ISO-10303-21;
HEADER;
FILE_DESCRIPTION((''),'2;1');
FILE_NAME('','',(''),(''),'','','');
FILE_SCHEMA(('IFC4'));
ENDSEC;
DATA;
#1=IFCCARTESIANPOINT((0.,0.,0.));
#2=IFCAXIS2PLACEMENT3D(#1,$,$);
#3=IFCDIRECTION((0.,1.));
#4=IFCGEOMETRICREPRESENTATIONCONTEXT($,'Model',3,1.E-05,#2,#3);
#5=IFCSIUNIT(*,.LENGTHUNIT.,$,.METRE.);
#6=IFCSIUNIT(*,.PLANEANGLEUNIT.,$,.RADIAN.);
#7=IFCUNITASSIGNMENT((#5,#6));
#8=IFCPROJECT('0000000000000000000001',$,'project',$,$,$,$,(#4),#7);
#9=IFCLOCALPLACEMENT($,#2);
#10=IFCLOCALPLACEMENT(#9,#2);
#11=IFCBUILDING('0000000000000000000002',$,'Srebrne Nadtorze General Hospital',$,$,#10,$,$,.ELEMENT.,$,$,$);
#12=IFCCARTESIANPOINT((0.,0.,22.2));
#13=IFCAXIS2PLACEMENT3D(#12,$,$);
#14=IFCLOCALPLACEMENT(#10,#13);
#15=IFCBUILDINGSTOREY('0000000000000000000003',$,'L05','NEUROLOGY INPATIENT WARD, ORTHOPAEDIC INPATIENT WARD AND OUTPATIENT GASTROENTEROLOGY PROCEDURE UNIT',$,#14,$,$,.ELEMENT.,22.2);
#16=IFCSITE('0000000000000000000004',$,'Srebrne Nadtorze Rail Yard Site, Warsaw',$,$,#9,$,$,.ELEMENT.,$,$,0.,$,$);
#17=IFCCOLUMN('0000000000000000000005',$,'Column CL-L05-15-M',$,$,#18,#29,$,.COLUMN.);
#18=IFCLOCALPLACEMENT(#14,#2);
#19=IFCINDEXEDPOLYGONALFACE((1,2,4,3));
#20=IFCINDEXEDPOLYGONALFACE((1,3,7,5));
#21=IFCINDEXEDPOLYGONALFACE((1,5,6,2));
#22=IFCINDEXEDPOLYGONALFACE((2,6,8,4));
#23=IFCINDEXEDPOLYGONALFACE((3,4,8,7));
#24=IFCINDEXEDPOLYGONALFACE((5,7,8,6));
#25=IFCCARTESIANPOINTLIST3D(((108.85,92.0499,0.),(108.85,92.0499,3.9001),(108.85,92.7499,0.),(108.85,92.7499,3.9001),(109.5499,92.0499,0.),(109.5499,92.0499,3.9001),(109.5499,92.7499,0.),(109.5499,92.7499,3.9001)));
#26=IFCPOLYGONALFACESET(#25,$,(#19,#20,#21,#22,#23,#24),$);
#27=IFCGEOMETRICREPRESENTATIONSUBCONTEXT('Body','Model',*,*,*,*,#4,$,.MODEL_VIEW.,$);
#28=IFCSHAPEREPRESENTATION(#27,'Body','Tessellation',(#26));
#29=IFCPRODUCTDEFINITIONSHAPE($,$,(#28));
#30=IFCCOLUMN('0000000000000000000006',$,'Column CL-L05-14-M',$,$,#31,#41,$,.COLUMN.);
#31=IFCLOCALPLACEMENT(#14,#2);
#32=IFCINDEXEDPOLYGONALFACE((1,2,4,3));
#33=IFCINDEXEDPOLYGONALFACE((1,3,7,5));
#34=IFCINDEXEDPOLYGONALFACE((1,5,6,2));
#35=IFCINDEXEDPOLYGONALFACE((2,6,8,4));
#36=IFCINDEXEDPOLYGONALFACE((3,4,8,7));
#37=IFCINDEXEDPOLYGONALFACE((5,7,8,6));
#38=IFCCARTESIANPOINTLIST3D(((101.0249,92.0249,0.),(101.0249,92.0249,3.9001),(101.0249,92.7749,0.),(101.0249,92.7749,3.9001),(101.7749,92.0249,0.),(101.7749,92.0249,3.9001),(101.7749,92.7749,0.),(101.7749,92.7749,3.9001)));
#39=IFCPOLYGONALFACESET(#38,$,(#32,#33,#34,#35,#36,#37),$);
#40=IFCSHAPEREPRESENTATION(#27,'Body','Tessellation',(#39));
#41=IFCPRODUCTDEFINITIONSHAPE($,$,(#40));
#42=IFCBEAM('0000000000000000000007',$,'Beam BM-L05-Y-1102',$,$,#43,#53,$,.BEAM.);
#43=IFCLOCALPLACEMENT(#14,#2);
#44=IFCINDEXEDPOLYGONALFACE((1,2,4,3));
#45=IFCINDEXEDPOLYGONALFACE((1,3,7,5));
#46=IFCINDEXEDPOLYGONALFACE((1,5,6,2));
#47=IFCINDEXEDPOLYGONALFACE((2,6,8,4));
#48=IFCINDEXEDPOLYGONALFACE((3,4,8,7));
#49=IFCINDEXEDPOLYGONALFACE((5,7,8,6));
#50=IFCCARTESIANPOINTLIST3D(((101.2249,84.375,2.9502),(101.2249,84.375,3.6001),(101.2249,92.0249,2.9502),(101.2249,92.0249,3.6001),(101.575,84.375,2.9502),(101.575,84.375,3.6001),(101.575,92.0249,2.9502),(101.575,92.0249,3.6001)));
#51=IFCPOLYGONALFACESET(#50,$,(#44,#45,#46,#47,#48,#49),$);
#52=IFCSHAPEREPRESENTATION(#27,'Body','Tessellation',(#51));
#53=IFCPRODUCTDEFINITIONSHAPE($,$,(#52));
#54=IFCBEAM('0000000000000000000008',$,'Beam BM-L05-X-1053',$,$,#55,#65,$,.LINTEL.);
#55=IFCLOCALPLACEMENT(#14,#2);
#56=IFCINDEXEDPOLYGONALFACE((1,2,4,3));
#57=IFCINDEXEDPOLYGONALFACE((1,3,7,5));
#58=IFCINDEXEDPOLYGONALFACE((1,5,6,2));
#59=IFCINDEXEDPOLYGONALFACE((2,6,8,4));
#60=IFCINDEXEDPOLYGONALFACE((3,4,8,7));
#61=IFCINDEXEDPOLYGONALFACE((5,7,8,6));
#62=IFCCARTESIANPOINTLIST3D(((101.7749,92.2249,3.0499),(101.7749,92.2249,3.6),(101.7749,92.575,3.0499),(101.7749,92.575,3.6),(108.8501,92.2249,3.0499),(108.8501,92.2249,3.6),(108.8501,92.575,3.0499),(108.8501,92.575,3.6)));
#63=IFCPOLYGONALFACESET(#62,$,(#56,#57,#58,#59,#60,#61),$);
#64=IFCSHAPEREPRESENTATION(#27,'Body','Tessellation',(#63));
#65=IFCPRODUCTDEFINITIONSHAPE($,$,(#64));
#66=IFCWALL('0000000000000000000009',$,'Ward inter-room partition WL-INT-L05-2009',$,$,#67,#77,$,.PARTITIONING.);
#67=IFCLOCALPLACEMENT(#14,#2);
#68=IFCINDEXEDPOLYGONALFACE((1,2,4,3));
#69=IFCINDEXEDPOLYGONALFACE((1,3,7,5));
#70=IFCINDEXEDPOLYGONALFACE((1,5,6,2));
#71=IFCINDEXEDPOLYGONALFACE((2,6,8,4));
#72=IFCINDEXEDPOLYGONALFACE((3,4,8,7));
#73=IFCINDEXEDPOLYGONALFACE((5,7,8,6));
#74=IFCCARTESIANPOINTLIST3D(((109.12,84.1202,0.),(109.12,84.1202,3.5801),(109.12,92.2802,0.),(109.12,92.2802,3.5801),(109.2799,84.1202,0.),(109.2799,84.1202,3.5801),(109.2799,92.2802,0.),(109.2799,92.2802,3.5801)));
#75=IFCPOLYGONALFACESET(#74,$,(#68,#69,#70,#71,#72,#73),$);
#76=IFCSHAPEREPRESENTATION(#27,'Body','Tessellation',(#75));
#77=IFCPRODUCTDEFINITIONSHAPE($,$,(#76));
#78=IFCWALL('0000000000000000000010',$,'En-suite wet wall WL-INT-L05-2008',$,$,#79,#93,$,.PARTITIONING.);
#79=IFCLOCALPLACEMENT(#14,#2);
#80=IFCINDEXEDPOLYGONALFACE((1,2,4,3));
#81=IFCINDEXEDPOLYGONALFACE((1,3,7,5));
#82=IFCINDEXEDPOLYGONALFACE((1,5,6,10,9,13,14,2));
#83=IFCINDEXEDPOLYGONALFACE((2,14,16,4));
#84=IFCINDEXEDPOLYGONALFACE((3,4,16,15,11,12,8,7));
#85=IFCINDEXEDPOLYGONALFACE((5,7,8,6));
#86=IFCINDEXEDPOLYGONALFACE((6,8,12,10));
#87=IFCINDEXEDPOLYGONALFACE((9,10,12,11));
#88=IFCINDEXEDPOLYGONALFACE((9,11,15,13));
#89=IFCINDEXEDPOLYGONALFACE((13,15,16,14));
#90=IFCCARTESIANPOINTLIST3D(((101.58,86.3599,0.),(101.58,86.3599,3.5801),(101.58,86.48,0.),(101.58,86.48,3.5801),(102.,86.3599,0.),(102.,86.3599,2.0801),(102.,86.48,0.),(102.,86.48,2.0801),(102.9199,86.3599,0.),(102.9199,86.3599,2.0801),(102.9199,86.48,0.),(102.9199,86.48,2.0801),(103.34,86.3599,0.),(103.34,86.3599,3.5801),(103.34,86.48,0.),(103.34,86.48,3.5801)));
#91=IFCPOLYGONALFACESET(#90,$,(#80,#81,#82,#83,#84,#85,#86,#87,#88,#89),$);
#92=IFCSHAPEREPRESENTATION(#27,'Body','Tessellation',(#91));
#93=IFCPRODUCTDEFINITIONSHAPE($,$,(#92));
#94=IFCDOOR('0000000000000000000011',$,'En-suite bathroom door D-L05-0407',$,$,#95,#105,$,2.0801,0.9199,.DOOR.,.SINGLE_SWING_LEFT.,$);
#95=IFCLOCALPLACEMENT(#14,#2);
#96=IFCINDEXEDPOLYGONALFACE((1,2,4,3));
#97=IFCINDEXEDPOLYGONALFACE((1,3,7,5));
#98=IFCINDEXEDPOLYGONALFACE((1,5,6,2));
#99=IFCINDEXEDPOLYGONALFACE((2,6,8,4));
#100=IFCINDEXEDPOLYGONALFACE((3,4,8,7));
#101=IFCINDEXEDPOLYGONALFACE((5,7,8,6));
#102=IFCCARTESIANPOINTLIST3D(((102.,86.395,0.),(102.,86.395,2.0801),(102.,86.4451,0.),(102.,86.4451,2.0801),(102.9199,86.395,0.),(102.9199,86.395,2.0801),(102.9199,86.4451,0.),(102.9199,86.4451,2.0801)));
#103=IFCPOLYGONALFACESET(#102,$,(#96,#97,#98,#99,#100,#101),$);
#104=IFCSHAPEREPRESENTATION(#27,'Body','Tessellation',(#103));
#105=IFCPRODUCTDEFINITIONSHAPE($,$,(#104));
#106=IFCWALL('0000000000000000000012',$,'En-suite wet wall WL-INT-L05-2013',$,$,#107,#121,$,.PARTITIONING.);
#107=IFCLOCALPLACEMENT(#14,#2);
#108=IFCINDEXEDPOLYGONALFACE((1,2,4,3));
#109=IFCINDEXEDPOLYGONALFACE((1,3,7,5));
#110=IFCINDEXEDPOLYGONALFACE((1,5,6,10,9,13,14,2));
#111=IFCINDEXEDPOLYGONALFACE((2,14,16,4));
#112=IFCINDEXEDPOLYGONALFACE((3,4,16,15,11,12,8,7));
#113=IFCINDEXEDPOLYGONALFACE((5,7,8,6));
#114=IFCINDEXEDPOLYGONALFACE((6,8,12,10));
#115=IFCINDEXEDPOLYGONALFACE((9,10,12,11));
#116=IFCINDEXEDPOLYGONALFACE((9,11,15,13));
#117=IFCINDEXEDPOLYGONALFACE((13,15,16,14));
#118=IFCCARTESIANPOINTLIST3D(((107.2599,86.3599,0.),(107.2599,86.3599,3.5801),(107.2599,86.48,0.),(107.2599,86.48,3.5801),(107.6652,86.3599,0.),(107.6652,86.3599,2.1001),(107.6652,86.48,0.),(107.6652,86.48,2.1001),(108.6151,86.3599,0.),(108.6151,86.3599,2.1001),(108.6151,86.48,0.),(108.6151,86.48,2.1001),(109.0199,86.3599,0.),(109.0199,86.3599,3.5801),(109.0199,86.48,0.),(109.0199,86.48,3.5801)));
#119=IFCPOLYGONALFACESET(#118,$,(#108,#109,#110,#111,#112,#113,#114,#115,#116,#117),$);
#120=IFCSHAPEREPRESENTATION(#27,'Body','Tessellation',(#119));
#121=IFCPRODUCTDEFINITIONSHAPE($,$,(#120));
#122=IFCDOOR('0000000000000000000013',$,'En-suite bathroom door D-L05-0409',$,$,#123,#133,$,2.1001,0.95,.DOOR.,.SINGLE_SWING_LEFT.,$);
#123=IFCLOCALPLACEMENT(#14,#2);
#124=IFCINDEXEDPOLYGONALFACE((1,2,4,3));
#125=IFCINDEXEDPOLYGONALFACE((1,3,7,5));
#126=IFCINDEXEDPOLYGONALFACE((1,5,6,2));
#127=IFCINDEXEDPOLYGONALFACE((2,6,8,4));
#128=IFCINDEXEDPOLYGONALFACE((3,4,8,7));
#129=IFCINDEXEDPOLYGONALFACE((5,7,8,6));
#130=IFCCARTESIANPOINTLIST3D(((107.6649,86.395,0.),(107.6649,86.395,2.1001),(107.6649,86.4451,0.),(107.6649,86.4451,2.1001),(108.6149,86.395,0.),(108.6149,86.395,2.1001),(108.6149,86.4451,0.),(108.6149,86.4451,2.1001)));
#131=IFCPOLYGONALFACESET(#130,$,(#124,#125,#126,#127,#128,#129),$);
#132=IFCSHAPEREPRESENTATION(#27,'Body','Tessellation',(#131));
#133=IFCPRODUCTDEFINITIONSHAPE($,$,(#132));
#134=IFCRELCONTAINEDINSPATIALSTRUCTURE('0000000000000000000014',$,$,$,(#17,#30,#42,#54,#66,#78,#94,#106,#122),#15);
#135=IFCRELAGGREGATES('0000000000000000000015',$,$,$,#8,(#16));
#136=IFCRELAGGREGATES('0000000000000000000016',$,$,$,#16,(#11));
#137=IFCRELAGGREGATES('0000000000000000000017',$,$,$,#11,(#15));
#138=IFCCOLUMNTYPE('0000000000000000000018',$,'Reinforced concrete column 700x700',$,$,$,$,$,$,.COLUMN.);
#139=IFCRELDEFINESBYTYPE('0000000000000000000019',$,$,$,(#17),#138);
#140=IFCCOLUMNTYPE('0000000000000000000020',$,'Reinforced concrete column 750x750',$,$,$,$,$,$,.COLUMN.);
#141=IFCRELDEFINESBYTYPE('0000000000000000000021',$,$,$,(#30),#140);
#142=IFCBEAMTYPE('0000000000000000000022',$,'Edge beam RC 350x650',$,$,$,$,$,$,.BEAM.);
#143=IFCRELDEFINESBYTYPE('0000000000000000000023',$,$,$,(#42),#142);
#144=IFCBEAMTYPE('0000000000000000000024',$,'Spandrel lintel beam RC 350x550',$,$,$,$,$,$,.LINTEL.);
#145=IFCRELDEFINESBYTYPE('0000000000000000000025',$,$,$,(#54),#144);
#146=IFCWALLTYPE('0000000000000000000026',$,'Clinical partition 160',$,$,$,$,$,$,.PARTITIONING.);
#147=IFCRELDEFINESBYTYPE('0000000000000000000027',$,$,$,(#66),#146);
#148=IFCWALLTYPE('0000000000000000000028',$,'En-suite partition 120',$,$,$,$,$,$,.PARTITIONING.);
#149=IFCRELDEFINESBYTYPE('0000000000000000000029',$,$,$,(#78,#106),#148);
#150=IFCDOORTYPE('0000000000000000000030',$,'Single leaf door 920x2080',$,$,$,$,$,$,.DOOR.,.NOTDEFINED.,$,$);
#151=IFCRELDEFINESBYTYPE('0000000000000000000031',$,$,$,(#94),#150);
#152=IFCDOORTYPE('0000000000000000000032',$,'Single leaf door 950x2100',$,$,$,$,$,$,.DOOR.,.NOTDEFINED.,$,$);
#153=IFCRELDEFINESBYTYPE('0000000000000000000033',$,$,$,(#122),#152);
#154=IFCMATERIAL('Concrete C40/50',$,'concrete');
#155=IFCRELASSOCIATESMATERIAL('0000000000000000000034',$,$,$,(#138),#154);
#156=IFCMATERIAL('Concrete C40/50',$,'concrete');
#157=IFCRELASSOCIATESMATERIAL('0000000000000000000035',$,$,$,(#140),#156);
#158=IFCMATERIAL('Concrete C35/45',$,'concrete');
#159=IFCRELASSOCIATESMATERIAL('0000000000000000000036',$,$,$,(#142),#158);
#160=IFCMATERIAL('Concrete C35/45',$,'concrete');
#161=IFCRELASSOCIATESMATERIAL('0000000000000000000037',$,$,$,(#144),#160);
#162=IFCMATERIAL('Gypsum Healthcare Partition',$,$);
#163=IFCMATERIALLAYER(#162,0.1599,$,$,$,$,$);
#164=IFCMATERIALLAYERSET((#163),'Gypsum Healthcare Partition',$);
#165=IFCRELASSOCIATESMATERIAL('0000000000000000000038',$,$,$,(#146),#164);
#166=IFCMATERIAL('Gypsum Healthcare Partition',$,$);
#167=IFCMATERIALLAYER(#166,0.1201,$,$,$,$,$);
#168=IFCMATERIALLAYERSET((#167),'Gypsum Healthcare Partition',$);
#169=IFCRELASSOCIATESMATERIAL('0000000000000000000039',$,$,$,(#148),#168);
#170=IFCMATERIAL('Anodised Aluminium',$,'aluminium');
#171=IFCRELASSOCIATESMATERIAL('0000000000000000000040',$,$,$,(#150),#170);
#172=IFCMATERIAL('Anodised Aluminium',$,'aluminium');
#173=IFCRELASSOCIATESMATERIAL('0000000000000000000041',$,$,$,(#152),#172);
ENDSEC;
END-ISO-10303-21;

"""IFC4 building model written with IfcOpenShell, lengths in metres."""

from ifc_helpers import new_model, si_unit, direction, frame, frame_2d, origin, origin_2d, place, context, subcontext, project, spatial, rectangle, extrude, material, layer, layer_set, material_profile, profile_set, type_object, element, fill, save


model = new_model("IFC4")

# Units and contexts
model_context = context("Model", 3, precision=1e-05, world=origin(), true_north=direction((0.0, 1.0)))
body_context = subcontext(model_context, "Body", "Model", "MODEL_VIEW")
ifc_project = project(units=[si_unit("LENGTHUNIT", "METRE"), si_unit("PLANEANGLEUNIT", "RADIAN")], contexts=[model_context])

# Site, building, storey
site_placement = place(None, origin())
site = spatial("IfcSite", under=ifc_project, at=site_placement, Name="Srebrne Nadtorze Rail Yard Site, Warsaw", CompositionType="ELEMENT", RefElevation=0.0)
building_placement = place(site_placement, origin())
building = spatial("IfcBuilding", under=site, at=building_placement, Name="Srebrne Nadtorze General Hospital", CompositionType="ELEMENT")
storey_placement = place(building_placement, frame((0.0, 0.0, 22.2)))
storey = spatial("IfcBuildingStorey", under=building, at=storey_placement, Name="L05", Description="NEUROLOGY INPATIENT WARD, ORTHOPAEDIC INPATIENT WARD AND OUTPATIENT GASTROENTEROLOGY PROCEDURE UNIT", CompositionType="ELEMENT", Elevation=22.2)

# Columns
ifc_material_1 = material(Name="Concrete C40/50", Category="concrete")
ifc_material_profile_1 = material_profile(ifc_material_1, rectangle(XDim=0.7, YDim=0.7, at=origin_2d()), Name="RC-COL-700x700")
ifc_profile_set_1 = profile_set([ifc_material_profile_1], Name="Concrete C40/50")
column_type_1 = type_object("IfcColumnType", Name="Reinforced concrete column 700x700", PredefinedType="COLUMN", material=ifc_profile_set_1)
column_1_placement = place(storey_placement, frame((109.2, 92.3999, 0.0), z_axis=(0.0, 0.0, 1.0), x_axis=(1.0, 0.0, 0.0)))
element("IfcColumn", 1, at=column_1_placement, inside=storey, type_object=column_type_1, Name="Column CL-L05-15-M", PredefinedType="COLUMN", context=body_context, shape_type="SweptSolid", body=[
    extrude(rectangle(XDim=0.7, YDim=0.7, at=origin_2d()), origin(), (0.0, 0.0, 1.0), 3.9001),
])
ifc_material_2 = material(Name="Concrete C40/50", Category="concrete")
ifc_material_profile_2 = material_profile(ifc_material_2, rectangle(XDim=0.75, YDim=0.75, at=origin_2d()), Name="RC-COL-750x750")
ifc_profile_set_2 = profile_set([ifc_material_profile_2], Name="Concrete C40/50")
column_type_2 = type_object("IfcColumnType", Name="Reinforced concrete column 750x750", PredefinedType="COLUMN", material=ifc_profile_set_2)
column_2_placement = place(storey_placement, frame((101.3999, 92.3999, 0.0), z_axis=(0.0, 0.0, 1.0), x_axis=(1.0, 0.0, 0.0)))
element("IfcColumn", 2, at=column_2_placement, inside=storey, type_object=column_type_2, Name="Column CL-L05-14-M", PredefinedType="COLUMN", context=body_context, shape_type="SweptSolid", body=[
    extrude(rectangle(XDim=0.75, YDim=0.75, at=origin_2d()), origin(), (0.0, 0.0, 1.0), 3.9001),
])

# Beams
ifc_material_3 = material(Name="Concrete C35/45", Category="concrete")
ifc_material_profile_3 = material_profile(ifc_material_3, rectangle(XDim=0.3501, YDim=0.6499, at=origin_2d()), Name="RC-BM-350x650")
ifc_profile_set_3 = profile_set([ifc_material_profile_3], Name="Concrete C35/45")
beam_type_1 = type_object("IfcBeamType", Name="Edge beam RC 350x650", PredefinedType="BEAM", material=ifc_profile_set_3)
beam_1_placement = place(storey_placement, frame((101.3999, 84.375, 3.2751), z_axis=(0.0, 1.0, 0.0), x_axis=(-1.0, 0.0, 0.0)))
element("IfcBeam", 3, at=beam_1_placement, inside=storey, type_object=beam_type_1, Name="Beam BM-L05-Y-1102", PredefinedType="BEAM", context=body_context, shape_type="SweptSolid", body=[
    extrude(rectangle(XDim=0.3501, YDim=0.6499, at=origin_2d()), origin(), (0.0, 0.0, 1.0), 7.6499),
])
ifc_material_4 = material(Name="Concrete C35/45", Category="concrete")
ifc_material_profile_4 = material_profile(ifc_material_4, rectangle(XDim=0.3501, YDim=0.55, at=origin_2d()), Name="RC-BM-350x550")
ifc_profile_set_4 = profile_set([ifc_material_profile_4], Name="Concrete C35/45")
beam_type_2 = type_object("IfcBeamType", Name="Spandrel lintel beam RC 350x550", PredefinedType="LINTEL", material=ifc_profile_set_4)
beam_2_placement = place(storey_placement, frame((101.7749, 92.3999, 3.325), z_axis=(1.0, 0.0, 0.0), x_axis=(0.0, 1.0, 0.0)))
element("IfcBeam", 4, at=beam_2_placement, inside=storey, type_object=beam_type_2, Name="Beam BM-L05-X-1053", PredefinedType="LINTEL", context=body_context, shape_type="SweptSolid", body=[
    extrude(rectangle(XDim=0.3501, YDim=0.55, at=origin_2d()), origin(), (0.0, 0.0, 1.0), 7.0752),
])

# Wall
ifc_material_5 = material(Name="Gypsum Healthcare Partition")
ifc_layer_1 = layer(ifc_material_5, 0.1599)
ifc_layer_set_1 = layer_set([ifc_layer_1], Name="Gypsum Healthcare Partition")
wall_type_1 = type_object("IfcWallType", Name="Clinical partition 160", PredefinedType="PARTITIONING", material=ifc_layer_set_1)
wall_1_placement = place(storey_placement, frame((109.2, 84.1201, 0.0), z_axis=(0.0, 0.0, 1.0), x_axis=(0.0, 1.0, 0.0)))
element("IfcWall", 5, at=wall_1_placement, inside=storey, type_object=wall_type_1, Name="Ward inter-room partition WL-INT-L05-2009", PredefinedType="PARTITIONING", context=body_context, shape_type="SweptSolid", body=[
    extrude(rectangle(XDim=8.1599, YDim=0.1599, at=frame_2d((4.0801, 0.0))), origin(), (0.0, 0.0, 1.0), 3.5801),
])

# Walls, openings, doors
ifc_material_6 = material(Name="Gypsum Healthcare Partition")
ifc_layer_2 = layer(ifc_material_6, 0.1201)
ifc_layer_set_2 = layer_set([ifc_layer_2], Name="Gypsum Healthcare Partition")
wall_type_2 = type_object("IfcWallType", Name="En-suite partition 120", PredefinedType="PARTITIONING", material=ifc_layer_set_2)
wall_2_placement = place(storey_placement, frame((101.5801, 86.4199, 0.0), z_axis=(0.0, 0.0, 1.0), x_axis=(1.0, 0.0, 0.0)))
wall_2 = element("IfcWall", 6, at=wall_2_placement, inside=storey, type_object=wall_type_2, Name="En-suite wet wall WL-INT-L05-2008", PredefinedType="PARTITIONING", context=body_context, shape_type="SweptSolid", body=[
    extrude(rectangle(XDim=1.76, YDim=0.1201, at=frame_2d((0.8799, 0.0))), origin(), (0.0, 0.0, 1.0), 3.5801),
])
opening_1_placement = place(wall_2_placement, frame((0.4199, 0.0, 0.0)))
opening_1 = element("IfcOpeningElement", 7, at=opening_1_placement, cuts=wall_2, PredefinedType="OPENING", context=body_context, shape_type="SweptSolid", body=[
    extrude(rectangle(XDim=0.9199, YDim=2.0801, at=frame_2d((0.46, 1.04))), frame((0.0, 0.072, 0.0), z_axis=(0.0, -1.0, 0.0), x_axis=(1.0, 0.0, 0.0)), (0.0, 0.0, 1.0), 0.144),
])
ifc_material_7 = material(Name="Anodised Aluminium", Category="aluminium")
door_type_1 = type_object("IfcDoorType", Name="Single leaf door 920x2080", OperationType="NOTDEFINED", PredefinedType="DOOR", material=ifc_material_7)
door_1_placement = place(opening_1_placement, frame((0.9199, 0.0, 0.0), z_axis=(0.0, 0.0, 1.0), x_axis=(-1.0, 0.0, 0.0)))
door_1 = element("IfcDoor", 8, at=door_1_placement, inside=storey, type_object=door_type_1, Name="En-suite bathroom door D-L05-0407", OperationType="SINGLE_SWING_LEFT", OverallHeight=2.0801, OverallWidth=0.9199, PredefinedType="DOOR", context=body_context, shape_type="SweptSolid", body=[
    extrude(rectangle(XDim=0.9199, YDim=2.0801, at=frame_2d((0.46, 1.04))), frame((0.0, 0.0249, 0.0), z_axis=(0.0, -1.0, 0.0), x_axis=(1.0, 0.0, 0.0)), (0.0, 0.0, 1.0), 0.05),
])
fill(opening_1, door_1)
wall_3_placement = place(storey_placement, frame((107.26, 86.4199, 0.0), z_axis=(0.0, 0.0, 1.0), x_axis=(1.0, 0.0, 0.0)))
wall_3 = element("IfcWall", 9, at=wall_3_placement, inside=storey, type_object=wall_type_2, Name="En-suite wet wall WL-INT-L05-2013", PredefinedType="PARTITIONING", context=body_context, shape_type="SweptSolid", body=[
    extrude(rectangle(XDim=1.76, YDim=0.1201, at=frame_2d((0.8799, 0.0))), origin(), (0.0, 0.0, 1.0), 3.5801),
])
opening_2_placement = place(wall_3_placement, frame((0.405, 0.0, 0.0)))
opening_2 = element("IfcOpeningElement", 10, at=opening_2_placement, cuts=wall_3, PredefinedType="OPENING", context=body_context, shape_type="SweptSolid", body=[
    extrude(rectangle(XDim=0.95, YDim=2.1001, at=frame_2d((0.4751, 1.05))), frame((0.0, 0.072, 0.0), z_axis=(0.0, -1.0, 0.0), x_axis=(1.0, 0.0, 0.0)), (0.0, 0.0, 1.0), 0.144),
])
ifc_material_8 = material(Name="Anodised Aluminium", Category="aluminium")
door_type_2 = type_object("IfcDoorType", Name="Single leaf door 950x2100", OperationType="NOTDEFINED", PredefinedType="DOOR", material=ifc_material_8)
door_2_placement = place(opening_2_placement, frame((0.95, 0.0, 0.0), z_axis=(0.0, 0.0, 1.0), x_axis=(-1.0, 0.0, 0.0)))
door_2 = element("IfcDoor", 11, at=door_2_placement, inside=storey, type_object=door_type_2, Name="En-suite bathroom door D-L05-0409", OperationType="SINGLE_SWING_LEFT", OverallHeight=2.1001, OverallWidth=0.95, PredefinedType="DOOR", context=body_context, shape_type="SweptSolid", body=[
    extrude(rectangle(XDim=0.95, YDim=2.1001, at=frame_2d((0.4751, 1.05))), frame((0.0, 0.0249, 0.0), z_axis=(0.0, -1.0, 0.0), x_axis=(1.0, 0.0, 0.0)), (0.0, 0.0, 1.0), 0.05),
])
fill(opening_2, door_2)

save(model, "model.ifc")
